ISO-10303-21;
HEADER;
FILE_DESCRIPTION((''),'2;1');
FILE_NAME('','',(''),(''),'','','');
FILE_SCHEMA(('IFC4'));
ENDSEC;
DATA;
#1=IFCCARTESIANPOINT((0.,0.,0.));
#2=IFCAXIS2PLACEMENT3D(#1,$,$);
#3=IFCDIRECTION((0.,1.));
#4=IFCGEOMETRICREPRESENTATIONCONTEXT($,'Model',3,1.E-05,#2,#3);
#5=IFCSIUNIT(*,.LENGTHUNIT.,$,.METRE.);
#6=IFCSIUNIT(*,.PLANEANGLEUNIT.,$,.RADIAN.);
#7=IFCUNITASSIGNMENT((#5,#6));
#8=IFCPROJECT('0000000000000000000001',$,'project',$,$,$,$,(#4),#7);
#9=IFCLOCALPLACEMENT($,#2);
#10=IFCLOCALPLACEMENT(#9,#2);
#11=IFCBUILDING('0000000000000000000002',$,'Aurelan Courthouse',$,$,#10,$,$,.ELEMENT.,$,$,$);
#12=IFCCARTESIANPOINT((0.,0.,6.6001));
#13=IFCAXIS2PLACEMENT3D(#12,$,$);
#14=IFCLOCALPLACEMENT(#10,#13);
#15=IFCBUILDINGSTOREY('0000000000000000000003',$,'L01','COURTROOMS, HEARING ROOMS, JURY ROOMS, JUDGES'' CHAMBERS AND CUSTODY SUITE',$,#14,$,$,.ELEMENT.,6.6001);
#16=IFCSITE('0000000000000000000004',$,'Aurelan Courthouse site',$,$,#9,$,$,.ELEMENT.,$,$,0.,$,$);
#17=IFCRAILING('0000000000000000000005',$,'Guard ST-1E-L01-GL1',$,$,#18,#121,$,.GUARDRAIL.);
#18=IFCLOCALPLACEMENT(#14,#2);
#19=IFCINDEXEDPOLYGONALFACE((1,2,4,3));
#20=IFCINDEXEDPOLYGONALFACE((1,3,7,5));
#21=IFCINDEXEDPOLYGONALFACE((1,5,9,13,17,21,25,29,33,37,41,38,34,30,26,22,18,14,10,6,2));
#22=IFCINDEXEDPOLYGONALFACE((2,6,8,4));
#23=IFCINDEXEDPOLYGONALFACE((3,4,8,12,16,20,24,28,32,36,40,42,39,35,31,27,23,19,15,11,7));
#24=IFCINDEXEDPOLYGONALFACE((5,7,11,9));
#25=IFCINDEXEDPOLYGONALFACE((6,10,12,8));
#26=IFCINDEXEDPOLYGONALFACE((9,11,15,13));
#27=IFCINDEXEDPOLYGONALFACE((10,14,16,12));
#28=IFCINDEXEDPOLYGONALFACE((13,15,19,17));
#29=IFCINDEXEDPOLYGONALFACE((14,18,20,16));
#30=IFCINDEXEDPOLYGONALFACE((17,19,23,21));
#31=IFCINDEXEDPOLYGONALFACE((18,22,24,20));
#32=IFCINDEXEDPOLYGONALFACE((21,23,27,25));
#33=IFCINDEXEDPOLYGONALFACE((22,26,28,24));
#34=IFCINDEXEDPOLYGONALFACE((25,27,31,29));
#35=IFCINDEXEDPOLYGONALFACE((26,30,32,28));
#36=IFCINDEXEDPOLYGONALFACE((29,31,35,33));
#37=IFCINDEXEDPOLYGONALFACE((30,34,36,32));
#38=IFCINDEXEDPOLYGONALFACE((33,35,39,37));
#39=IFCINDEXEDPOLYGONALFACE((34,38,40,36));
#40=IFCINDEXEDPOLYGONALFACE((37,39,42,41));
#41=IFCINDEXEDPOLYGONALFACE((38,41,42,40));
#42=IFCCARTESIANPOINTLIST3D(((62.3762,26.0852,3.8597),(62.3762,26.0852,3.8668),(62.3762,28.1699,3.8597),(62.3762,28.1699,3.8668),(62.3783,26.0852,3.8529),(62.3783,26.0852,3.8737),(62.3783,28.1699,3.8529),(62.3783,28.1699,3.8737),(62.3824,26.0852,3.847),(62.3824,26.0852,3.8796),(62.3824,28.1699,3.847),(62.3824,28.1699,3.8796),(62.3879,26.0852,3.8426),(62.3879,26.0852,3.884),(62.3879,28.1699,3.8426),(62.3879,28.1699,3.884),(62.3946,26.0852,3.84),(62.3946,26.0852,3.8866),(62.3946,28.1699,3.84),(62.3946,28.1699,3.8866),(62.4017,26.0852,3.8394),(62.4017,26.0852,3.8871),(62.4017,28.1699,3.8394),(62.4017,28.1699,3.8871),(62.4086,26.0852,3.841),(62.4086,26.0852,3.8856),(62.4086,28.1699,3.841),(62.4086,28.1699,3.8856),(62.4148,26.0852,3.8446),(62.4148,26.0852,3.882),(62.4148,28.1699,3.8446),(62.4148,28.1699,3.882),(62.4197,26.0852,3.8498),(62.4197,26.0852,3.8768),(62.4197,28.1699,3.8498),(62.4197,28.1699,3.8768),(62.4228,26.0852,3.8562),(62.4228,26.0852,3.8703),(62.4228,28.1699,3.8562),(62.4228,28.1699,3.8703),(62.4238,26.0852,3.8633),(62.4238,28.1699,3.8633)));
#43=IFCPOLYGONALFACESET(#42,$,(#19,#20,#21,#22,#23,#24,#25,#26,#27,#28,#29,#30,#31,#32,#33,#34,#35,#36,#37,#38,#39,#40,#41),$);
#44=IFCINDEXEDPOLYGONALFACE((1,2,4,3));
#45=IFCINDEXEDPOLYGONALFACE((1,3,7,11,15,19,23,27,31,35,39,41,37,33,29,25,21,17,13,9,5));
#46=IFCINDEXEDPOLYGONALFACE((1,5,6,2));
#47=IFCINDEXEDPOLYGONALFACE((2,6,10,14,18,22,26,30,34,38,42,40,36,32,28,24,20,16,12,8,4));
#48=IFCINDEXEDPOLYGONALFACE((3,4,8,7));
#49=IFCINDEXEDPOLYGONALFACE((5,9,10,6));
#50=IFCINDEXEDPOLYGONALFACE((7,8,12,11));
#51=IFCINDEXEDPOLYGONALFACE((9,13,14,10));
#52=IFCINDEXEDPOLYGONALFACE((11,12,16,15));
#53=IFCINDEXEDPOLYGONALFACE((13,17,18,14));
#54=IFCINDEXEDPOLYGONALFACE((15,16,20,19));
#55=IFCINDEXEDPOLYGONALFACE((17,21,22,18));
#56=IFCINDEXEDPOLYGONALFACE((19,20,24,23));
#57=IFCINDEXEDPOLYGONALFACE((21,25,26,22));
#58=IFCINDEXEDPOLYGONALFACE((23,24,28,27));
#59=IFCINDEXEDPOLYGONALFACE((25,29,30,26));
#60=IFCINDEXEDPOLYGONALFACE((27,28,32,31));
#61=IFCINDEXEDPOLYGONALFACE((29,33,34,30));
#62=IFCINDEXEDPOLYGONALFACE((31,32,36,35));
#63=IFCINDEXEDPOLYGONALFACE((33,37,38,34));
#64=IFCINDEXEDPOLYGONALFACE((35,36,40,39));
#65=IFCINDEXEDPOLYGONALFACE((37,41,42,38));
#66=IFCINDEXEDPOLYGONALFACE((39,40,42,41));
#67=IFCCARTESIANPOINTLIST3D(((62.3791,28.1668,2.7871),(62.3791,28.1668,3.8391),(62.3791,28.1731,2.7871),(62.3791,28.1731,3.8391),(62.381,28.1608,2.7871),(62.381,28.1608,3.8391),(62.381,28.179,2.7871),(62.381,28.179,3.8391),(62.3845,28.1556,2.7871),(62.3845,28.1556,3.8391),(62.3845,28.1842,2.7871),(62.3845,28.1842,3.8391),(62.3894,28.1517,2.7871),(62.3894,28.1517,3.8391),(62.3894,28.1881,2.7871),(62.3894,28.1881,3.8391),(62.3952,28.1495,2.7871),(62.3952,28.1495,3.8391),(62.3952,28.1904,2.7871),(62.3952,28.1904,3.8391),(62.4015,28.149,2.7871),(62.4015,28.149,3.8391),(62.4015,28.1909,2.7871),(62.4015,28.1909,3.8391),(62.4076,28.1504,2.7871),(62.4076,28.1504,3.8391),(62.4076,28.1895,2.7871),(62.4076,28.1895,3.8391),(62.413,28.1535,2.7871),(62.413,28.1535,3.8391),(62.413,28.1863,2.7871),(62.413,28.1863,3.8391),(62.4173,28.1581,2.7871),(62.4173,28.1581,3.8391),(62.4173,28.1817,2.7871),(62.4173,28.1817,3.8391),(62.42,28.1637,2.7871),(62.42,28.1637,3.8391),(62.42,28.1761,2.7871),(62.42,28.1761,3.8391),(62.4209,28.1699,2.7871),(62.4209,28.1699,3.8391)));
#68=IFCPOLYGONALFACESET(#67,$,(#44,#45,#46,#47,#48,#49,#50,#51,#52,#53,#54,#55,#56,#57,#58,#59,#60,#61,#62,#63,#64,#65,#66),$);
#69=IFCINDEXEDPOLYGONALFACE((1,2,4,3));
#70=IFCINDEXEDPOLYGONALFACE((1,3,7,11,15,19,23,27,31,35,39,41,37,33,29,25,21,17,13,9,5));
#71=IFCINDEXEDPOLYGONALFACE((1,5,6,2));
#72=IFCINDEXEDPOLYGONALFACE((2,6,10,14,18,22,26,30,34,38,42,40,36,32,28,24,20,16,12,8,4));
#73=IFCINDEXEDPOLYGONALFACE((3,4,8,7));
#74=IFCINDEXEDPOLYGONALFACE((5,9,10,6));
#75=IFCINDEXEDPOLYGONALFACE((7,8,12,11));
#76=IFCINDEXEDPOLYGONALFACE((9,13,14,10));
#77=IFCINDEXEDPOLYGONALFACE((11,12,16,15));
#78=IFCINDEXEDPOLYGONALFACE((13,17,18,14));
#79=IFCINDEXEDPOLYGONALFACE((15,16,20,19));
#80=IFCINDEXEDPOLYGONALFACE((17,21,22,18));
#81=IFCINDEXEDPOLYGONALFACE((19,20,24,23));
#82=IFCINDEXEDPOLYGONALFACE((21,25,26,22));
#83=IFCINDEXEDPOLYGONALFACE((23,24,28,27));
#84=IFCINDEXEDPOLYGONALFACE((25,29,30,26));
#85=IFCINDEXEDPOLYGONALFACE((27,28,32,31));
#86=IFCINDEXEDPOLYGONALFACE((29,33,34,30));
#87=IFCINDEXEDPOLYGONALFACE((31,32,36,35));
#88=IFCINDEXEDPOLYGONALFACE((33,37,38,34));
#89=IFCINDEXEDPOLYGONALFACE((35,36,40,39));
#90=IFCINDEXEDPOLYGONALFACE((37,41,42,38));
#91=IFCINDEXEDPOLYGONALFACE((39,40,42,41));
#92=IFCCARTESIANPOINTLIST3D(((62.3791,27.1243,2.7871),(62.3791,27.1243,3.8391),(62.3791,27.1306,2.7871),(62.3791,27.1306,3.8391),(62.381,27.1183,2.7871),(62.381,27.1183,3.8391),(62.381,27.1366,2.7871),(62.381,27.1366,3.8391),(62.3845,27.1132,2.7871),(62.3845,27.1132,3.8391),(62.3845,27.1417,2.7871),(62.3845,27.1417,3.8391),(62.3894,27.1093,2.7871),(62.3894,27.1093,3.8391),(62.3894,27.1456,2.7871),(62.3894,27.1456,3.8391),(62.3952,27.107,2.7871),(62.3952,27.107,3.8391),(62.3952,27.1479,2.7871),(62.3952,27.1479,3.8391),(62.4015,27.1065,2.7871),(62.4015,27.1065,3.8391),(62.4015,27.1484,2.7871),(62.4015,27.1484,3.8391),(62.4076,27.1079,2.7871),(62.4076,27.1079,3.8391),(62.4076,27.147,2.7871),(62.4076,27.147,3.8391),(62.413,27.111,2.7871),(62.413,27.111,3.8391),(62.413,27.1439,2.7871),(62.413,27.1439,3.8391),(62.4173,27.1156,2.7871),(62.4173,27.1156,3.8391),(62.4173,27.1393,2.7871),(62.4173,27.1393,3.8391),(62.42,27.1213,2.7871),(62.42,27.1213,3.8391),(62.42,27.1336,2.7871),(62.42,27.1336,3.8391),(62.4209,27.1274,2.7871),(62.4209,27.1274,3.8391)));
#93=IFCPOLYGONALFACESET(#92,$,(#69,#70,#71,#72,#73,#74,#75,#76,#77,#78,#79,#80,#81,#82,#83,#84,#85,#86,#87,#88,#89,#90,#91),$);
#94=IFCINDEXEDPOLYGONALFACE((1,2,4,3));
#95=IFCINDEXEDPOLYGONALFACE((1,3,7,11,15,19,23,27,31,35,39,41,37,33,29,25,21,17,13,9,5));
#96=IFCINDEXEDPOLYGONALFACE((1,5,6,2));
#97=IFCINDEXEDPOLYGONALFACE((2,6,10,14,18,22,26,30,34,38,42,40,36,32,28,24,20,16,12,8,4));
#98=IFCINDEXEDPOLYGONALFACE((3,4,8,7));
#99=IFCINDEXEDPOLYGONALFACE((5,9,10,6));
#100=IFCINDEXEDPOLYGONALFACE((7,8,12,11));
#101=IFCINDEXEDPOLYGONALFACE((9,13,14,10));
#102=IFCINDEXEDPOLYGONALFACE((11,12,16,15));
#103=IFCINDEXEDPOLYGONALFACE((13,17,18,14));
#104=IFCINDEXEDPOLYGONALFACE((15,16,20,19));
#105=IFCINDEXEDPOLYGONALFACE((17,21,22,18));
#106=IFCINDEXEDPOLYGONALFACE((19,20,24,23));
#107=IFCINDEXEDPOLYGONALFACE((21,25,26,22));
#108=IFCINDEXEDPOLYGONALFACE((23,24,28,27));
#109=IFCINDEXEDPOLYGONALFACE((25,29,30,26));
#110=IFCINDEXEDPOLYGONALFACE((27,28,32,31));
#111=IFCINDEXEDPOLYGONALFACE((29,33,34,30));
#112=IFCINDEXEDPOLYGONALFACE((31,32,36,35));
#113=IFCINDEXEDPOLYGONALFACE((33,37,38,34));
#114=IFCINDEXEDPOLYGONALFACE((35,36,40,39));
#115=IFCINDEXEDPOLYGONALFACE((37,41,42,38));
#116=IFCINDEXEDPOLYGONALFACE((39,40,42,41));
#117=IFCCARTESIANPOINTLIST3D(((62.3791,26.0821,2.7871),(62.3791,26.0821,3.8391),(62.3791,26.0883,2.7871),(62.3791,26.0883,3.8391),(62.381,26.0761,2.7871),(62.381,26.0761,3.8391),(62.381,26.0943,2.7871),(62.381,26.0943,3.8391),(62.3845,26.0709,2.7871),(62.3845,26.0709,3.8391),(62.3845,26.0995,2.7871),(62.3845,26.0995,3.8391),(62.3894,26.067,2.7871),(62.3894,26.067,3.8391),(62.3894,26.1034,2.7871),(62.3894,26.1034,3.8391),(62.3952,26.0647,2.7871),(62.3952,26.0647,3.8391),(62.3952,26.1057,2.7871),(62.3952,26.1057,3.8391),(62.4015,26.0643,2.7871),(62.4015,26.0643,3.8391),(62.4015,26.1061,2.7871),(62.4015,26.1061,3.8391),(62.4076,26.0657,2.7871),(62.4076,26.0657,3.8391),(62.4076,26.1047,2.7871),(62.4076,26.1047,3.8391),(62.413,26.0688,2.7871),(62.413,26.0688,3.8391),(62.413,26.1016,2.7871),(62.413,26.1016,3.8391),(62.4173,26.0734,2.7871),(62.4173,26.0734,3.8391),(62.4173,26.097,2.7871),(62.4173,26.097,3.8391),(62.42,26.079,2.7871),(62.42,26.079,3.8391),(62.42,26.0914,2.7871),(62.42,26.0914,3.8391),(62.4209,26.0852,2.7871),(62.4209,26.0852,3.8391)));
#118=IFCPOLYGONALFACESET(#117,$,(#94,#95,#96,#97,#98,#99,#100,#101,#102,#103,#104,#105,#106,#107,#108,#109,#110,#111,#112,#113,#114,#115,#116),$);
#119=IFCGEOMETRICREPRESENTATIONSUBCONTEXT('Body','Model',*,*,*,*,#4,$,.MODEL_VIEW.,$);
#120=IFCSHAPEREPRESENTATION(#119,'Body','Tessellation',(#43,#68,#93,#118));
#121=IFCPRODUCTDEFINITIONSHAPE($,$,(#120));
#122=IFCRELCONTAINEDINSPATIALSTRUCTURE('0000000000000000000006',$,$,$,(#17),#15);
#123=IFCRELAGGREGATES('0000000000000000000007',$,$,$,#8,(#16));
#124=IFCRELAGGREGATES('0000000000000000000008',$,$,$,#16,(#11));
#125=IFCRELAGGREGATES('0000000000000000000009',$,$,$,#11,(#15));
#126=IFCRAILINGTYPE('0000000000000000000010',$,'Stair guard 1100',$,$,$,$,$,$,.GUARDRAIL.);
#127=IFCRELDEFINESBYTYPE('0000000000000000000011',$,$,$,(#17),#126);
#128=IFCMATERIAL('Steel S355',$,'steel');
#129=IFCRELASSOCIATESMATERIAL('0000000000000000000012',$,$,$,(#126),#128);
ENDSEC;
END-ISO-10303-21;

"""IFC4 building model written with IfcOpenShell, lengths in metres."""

from ifc_helpers import new_model, si_unit, direction, frame, origin, origin_2d, place, context, subcontext, project, spatial, circle, extrude, material, type_object, element, save


model = new_model("IFC4")

# Units and contexts
model_context = context("Model", 3, precision=1e-05, world=origin(), true_north=direction((0.0, 1.0)))
body_context = subcontext(model_context, "Body", "Model", "MODEL_VIEW")
ifc_project = project(units=[si_unit("LENGTHUNIT", "METRE"), si_unit("PLANEANGLEUNIT", "RADIAN")], contexts=[model_context])

# Site, building, storey
site_placement = place(None, origin())
site = spatial("IfcSite", under=ifc_project, at=site_placement, Name="Aurelan Courthouse site", CompositionType="ELEMENT", RefElevation=0.0)
building_placement = place(site_placement, origin())
building = spatial("IfcBuilding", under=site, at=building_placement, Name="Aurelan Courthouse", CompositionType="ELEMENT")
storey_placement = place(building_placement, frame((0.0, 0.0, 6.6001)))
storey = spatial("IfcBuildingStorey", under=building, at=storey_placement, Name="L01", Description="COURTROOMS, HEARING ROOMS, JURY ROOMS, JUDGES' CHAMBERS AND CUSTODY SUITE", CompositionType="ELEMENT", Elevation=6.6001)

# Railing
ifc_material_1 = material(Name="Steel S355", Category="steel")
railing_type_1 = type_object("IfcRailingType", Name="Stair guard 1100", PredefinedType="GUARDRAIL", material=ifc_material_1)
railing_placement = place(storey_placement, frame((62.3999, 28.1699, 2.7871)))
element("IfcRailing", 1, at=railing_placement, inside=storey, type_object=railing_type_1, Name="Guard ST-1E-L01-GL1", PredefinedType="GUARDRAIL", context=body_context, shape_type="SweptSolid", body=[
    extrude(circle(Radius=0.0239, at=origin_2d()), frame((0.0, 0.0, 1.0762), z_axis=(0.0, -1.0, 0.0), x_axis=(1.0, 0.0, 0.0)), (0.0, 0.0, 1.0), 2.0847),
    extrude(circle(Radius=0.021, at=origin_2d()), origin(), (0.0, 0.0, 1.0), 1.052),
    extrude(circle(Radius=0.021, at=origin_2d()), frame((0.0, -1.0425, 0.0)), (0.0, 0.0, 1.0), 1.052),
    extrude(circle(Radius=0.021, at=origin_2d()), frame((0.0, -2.0847, 0.0)), (0.0, 0.0, 1.0), 1.052),
])

save(model, "model.ifc")
